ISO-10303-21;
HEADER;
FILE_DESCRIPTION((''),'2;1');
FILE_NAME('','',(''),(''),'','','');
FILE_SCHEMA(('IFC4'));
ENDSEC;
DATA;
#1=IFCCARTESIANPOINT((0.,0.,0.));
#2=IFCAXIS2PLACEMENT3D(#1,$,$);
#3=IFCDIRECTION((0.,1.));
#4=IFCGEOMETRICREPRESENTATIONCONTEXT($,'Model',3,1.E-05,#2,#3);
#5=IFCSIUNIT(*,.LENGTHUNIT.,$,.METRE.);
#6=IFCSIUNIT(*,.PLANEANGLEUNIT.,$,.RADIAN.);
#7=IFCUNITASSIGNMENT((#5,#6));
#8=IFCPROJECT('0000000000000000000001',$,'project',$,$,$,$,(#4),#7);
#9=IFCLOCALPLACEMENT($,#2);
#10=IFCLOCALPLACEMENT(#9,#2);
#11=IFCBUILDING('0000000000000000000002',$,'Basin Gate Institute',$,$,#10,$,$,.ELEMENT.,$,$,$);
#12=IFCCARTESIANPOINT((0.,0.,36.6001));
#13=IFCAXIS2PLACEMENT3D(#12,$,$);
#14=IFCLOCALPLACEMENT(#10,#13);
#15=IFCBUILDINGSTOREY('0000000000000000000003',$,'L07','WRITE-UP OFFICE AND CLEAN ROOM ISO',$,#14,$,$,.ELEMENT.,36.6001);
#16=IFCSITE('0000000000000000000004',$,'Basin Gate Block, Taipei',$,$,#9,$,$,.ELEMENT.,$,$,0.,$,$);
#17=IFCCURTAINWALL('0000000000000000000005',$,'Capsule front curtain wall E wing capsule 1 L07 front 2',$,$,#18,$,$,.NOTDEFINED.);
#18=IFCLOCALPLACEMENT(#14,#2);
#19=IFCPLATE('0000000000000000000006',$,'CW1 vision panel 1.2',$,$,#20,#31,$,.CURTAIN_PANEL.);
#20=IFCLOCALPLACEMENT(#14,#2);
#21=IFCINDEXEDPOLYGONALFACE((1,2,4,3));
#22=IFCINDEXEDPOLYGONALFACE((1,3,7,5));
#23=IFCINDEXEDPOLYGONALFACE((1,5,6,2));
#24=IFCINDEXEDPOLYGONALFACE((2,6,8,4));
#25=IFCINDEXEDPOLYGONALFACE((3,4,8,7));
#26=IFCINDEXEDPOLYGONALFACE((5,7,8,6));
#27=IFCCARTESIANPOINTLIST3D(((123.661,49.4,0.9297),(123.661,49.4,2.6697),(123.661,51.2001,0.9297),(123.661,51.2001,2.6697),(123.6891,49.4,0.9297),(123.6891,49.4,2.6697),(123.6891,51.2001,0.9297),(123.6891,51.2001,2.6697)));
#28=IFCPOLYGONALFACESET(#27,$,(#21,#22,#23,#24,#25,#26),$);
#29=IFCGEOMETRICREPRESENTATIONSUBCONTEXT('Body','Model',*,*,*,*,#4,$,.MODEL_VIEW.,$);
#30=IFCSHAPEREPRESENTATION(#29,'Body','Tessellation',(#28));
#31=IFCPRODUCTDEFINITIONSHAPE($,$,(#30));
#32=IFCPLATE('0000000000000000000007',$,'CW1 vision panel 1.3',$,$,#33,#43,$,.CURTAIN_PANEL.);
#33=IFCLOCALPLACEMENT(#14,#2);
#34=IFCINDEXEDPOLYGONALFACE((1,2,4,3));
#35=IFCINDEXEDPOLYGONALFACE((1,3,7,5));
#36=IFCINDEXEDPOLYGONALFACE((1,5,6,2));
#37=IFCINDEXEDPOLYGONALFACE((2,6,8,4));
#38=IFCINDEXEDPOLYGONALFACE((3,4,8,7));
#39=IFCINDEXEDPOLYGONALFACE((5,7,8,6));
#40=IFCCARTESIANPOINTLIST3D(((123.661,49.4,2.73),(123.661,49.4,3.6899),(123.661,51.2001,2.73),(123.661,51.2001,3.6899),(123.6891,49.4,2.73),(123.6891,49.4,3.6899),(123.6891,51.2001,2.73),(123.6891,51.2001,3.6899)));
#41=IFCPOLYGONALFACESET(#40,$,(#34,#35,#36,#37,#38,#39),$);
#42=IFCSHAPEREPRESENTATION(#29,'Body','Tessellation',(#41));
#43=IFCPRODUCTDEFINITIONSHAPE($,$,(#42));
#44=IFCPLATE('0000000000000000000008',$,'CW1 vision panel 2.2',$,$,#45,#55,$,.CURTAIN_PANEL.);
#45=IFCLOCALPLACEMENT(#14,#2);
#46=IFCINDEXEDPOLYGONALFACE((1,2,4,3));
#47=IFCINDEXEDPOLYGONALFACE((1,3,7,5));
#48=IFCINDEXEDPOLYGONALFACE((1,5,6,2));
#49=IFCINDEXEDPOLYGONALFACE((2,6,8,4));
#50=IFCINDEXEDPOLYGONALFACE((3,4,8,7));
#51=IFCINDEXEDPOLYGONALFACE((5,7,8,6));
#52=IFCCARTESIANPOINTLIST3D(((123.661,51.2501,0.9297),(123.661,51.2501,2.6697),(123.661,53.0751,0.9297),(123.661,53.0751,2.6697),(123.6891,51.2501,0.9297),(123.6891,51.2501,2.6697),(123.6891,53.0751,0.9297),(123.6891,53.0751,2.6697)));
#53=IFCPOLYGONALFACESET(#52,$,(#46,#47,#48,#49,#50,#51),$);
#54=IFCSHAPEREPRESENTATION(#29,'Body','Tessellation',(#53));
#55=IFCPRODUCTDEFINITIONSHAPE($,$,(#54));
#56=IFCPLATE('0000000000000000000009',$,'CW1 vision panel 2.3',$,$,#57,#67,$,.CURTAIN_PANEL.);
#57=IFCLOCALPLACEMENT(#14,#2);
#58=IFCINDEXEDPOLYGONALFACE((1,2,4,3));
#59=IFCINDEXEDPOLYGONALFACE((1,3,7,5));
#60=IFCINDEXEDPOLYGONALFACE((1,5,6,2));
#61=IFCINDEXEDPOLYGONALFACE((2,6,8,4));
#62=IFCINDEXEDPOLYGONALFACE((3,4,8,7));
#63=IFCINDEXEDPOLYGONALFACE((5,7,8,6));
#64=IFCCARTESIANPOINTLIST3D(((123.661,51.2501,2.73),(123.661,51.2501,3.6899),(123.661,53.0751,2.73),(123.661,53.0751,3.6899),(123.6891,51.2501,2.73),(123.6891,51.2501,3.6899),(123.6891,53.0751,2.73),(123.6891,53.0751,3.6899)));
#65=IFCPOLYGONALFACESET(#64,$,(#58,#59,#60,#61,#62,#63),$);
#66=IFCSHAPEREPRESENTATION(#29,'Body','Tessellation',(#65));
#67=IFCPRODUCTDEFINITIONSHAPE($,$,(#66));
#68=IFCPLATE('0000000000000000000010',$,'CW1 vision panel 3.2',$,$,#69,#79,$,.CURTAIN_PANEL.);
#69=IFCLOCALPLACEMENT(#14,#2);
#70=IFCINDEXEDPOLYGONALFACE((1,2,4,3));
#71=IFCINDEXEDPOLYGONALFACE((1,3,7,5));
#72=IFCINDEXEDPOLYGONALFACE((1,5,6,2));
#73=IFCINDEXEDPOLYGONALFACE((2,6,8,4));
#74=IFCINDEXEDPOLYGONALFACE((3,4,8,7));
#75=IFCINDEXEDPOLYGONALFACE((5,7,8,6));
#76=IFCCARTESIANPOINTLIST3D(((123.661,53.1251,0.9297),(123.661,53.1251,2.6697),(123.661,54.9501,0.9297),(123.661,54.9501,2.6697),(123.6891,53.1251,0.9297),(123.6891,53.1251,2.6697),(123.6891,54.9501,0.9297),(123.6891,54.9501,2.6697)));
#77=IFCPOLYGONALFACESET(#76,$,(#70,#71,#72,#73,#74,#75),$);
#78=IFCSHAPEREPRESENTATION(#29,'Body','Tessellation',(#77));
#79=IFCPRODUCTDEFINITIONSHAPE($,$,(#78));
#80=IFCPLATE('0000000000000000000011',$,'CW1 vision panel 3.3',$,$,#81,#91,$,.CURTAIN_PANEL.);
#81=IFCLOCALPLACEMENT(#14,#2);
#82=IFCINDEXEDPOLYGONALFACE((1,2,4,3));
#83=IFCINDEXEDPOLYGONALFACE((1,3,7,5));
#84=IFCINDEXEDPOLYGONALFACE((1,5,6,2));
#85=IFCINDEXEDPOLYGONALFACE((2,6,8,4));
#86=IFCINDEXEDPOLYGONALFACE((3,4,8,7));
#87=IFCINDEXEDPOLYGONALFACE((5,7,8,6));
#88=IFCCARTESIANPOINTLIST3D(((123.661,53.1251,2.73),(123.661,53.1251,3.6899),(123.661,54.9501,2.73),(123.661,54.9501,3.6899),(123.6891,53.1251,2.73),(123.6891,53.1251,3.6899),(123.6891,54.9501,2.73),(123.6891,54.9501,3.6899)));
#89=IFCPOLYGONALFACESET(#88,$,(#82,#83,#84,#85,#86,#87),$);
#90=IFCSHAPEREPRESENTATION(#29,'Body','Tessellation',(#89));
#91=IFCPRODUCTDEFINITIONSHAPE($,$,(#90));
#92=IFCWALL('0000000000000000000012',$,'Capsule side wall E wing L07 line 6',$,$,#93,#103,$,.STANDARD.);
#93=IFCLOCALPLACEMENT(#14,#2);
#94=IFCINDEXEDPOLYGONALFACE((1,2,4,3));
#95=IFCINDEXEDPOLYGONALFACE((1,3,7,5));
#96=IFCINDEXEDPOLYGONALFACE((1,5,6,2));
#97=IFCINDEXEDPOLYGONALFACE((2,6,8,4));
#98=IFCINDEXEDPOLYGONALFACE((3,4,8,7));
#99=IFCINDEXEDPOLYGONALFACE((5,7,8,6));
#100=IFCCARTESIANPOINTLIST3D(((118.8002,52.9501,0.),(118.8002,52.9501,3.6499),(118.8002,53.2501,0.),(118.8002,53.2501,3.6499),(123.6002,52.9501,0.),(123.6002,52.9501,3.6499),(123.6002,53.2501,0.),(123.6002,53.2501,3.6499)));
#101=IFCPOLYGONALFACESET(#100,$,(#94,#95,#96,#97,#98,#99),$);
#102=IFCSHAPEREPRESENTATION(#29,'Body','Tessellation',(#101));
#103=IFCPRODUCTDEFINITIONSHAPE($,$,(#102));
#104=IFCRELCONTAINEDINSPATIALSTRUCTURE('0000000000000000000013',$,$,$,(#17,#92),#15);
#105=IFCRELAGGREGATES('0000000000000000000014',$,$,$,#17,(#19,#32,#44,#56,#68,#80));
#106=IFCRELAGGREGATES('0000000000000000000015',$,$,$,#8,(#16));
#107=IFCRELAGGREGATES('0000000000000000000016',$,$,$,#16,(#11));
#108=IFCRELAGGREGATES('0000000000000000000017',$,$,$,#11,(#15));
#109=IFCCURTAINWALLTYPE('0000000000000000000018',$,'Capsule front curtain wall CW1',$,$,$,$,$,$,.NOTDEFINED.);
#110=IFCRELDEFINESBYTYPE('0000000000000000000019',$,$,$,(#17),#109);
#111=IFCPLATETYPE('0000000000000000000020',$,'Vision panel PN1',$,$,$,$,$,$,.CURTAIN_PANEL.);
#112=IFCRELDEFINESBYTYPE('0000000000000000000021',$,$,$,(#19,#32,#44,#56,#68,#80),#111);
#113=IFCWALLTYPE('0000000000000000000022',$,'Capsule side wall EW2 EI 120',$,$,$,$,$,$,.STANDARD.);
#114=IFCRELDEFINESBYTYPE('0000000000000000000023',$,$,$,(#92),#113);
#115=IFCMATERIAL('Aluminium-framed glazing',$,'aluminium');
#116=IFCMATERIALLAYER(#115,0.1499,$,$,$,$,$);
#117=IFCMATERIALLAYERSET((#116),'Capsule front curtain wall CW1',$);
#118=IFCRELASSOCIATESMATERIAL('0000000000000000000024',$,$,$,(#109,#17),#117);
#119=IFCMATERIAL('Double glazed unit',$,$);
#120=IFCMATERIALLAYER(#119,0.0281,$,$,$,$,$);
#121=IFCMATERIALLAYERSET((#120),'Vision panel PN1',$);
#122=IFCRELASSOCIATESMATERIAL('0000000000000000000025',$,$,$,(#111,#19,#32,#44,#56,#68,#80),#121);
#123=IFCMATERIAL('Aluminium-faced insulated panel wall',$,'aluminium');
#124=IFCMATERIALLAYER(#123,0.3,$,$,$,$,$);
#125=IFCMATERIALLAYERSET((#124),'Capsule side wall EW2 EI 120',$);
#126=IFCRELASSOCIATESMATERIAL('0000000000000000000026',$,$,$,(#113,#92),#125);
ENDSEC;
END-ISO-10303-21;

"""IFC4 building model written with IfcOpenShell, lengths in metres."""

from ifc_helpers import new_model, si_unit, direction, frame, frame_2d, origin, origin_2d, place, context, subcontext, project, spatial, rectangle, extrude, material, layer, layer_set, type_object, element, aggregate, save


model = new_model("IFC4")

# Units and contexts
model_context = context("Model", 3, precision=1e-05, world=origin(), true_north=direction((0.0, 1.0)))
body_context = subcontext(model_context, "Body", "Model", "MODEL_VIEW")
ifc_project = project(units=[si_unit("LENGTHUNIT", "METRE"), si_unit("PLANEANGLEUNIT", "RADIAN")], contexts=[model_context])

# Site, building, storey
site_placement = place(None, origin())
site = spatial("IfcSite", under=ifc_project, at=site_placement, Name="Basin Gate Block, Taipei", CompositionType="ELEMENT", RefElevation=0.0)
building_placement = place(site_placement, origin())
building = spatial("IfcBuilding", under=site, at=building_placement, Name="Basin Gate Institute", CompositionType="ELEMENT")
storey_placement = place(building_placement, frame((0.0, 0.0, 36.6001)))
storey = spatial("IfcBuildingStorey", under=building, at=storey_placement, Name="L07", Description="WRITE-UP OFFICE AND CLEAN ROOM ISO", CompositionType="ELEMENT", Elevation=36.6001)

# Shared definitions
ifc_material_1 = material(Name="Aluminium-framed glazing", Category="aluminium")
ifc_layer_1 = layer(ifc_material_1, 0.1499)
ifc_layer_set_1 = layer_set([ifc_layer_1], Name="Capsule front curtain wall CW1")
curtain_wall_type = type_object("IfcCurtainWallType", Name="Capsule front curtain wall CW1", PredefinedType="NOTDEFINED", material=ifc_layer_set_1)

# Curtain wall
curtain_wall_1_placement = place(storey_placement, origin())
curtain_wall_1 = element("IfcCurtainWall", 1, at=curtain_wall_1_placement, inside=storey, type_object=curtain_wall_type, material=ifc_layer_set_1, Name="Capsule front curtain wall E wing capsule 1 L07 front 2", PredefinedType="NOTDEFINED")

# Plates
ifc_material_2 = material(Name="Double glazed unit")
ifc_layer_2 = layer(ifc_material_2, 0.0281)
ifc_layer_set_2 = layer_set([ifc_layer_2], Name="Vision panel PN1")
plate_type_1 = type_object("IfcPlateType", Name="Vision panel PN1", PredefinedType="CURTAIN_PANEL", material=ifc_layer_set_2)
plate_1_placement = place(storey_placement, frame((123.675, 50.3, 0.9297), z_axis=(0.0, 0.0, 1.0), x_axis=(0.0, 1.0, 0.0)))
plate_1 = element("IfcPlate", 2, at=plate_1_placement, type_object=plate_type_1, material=ifc_layer_set_2, Name="CW1 vision panel 1.2", PredefinedType="CURTAIN_PANEL", context=body_context, shape_type="SweptSolid", body=[
    extrude(rectangle(XDim=1.8, YDim=0.0281, at=origin_2d()), origin(), (0.0, 0.0, 1.0), 1.74),
])
plate_2_placement = place(storey_placement, frame((123.675, 50.3, 2.73), z_axis=(0.0, 0.0, 1.0), x_axis=(0.0, 1.0, 0.0)))
plate_2 = element("IfcPlate", 3, at=plate_2_placement, type_object=plate_type_1, material=ifc_layer_set_2, Name="CW1 vision panel 1.3", PredefinedType="CURTAIN_PANEL", context=body_context, shape_type="SweptSolid", body=[
    extrude(rectangle(XDim=1.8, YDim=0.0281, at=origin_2d()), origin(), (0.0, 0.0, 1.0), 0.96),
])
plate_3_placement = place(storey_placement, frame((123.675, 52.1626, 0.9297), z_axis=(0.0, 0.0, 1.0), x_axis=(0.0, 1.0, 0.0)))
plate_3 = element("IfcPlate", 4, at=plate_3_placement, type_object=plate_type_1, material=ifc_layer_set_2, Name="CW1 vision panel 2.2", PredefinedType="CURTAIN_PANEL", context=body_context, shape_type="SweptSolid", body=[
    extrude(rectangle(XDim=1.825, YDim=0.0281, at=origin_2d()), origin(), (0.0, 0.0, 1.0), 1.74),
])
plate_4_placement = place(storey_placement, frame((123.675, 52.1626, 2.73), z_axis=(0.0, 0.0, 1.0), x_axis=(0.0, 1.0, 0.0)))
plate_4 = element("IfcPlate", 5, at=plate_4_placement, type_object=plate_type_1, material=ifc_layer_set_2, Name="CW1 vision panel 2.3", PredefinedType="CURTAIN_PANEL", context=body_context, shape_type="SweptSolid", body=[
    extrude(rectangle(XDim=1.825, YDim=0.0281, at=origin_2d()), origin(), (0.0, 0.0, 1.0), 0.96),
])
plate_5_placement = place(storey_placement, frame((123.675, 54.0376, 0.9297), z_axis=(0.0, 0.0, 1.0), x_axis=(0.0, 1.0, 0.0)))
plate_5 = element("IfcPlate", 6, at=plate_5_placement, type_object=plate_type_1, material=ifc_layer_set_2, Name="CW1 vision panel 3.2", PredefinedType="CURTAIN_PANEL", context=body_context, shape_type="SweptSolid", body=[
    extrude(rectangle(XDim=1.825, YDim=0.0281, at=origin_2d()), origin(), (0.0, 0.0, 1.0), 1.74),
])
plate_6_placement = place(storey_placement, frame((123.675, 54.0376, 2.73), z_axis=(0.0, 0.0, 1.0), x_axis=(0.0, 1.0, 0.0)))
plate_6 = element("IfcPlate", 7, at=plate_6_placement, type_object=plate_type_1, material=ifc_layer_set_2, Name="CW1 vision panel 3.3", PredefinedType="CURTAIN_PANEL", context=body_context, shape_type="SweptSolid", body=[
    extrude(rectangle(XDim=1.825, YDim=0.0281, at=origin_2d()), origin(), (0.0, 0.0, 1.0), 0.96),
])
aggregate(curtain_wall_1, [plate_1, plate_2, plate_3, plate_4, plate_5, plate_6])

# Wall
ifc_material_3 = material(Name="Aluminium-faced insulated panel wall", Category="aluminium")
ifc_layer_3 = layer(ifc_material_3, 0.3)
ifc_layer_set_3 = layer_set([ifc_layer_3], Name="Capsule side wall EW2 EI 120")
wall_type = type_object("IfcWallType", Name="Capsule side wall EW2 EI 120", PredefinedType="STANDARD", material=ifc_layer_set_3)
wall_placement = place(storey_placement, frame((123.6001, 53.1001, 0.0), z_axis=(0.0, 0.0, 1.0), x_axis=(-1.0, 0.0, 0.0)))
element("IfcWall", 8, at=wall_placement, inside=storey, type_object=wall_type, material=ifc_layer_set_3, Name="Capsule side wall E wing L07 line 6", PredefinedType="STANDARD", context=body_context, shape_type="SweptSolid", body=[
    extrude(rectangle(XDim=4.8, YDim=0.3, at=frame_2d((2.3999, 0.0))), origin(), (0.0, 0.0, 1.0), 3.6499),
])

save(model, "model.ifc")
